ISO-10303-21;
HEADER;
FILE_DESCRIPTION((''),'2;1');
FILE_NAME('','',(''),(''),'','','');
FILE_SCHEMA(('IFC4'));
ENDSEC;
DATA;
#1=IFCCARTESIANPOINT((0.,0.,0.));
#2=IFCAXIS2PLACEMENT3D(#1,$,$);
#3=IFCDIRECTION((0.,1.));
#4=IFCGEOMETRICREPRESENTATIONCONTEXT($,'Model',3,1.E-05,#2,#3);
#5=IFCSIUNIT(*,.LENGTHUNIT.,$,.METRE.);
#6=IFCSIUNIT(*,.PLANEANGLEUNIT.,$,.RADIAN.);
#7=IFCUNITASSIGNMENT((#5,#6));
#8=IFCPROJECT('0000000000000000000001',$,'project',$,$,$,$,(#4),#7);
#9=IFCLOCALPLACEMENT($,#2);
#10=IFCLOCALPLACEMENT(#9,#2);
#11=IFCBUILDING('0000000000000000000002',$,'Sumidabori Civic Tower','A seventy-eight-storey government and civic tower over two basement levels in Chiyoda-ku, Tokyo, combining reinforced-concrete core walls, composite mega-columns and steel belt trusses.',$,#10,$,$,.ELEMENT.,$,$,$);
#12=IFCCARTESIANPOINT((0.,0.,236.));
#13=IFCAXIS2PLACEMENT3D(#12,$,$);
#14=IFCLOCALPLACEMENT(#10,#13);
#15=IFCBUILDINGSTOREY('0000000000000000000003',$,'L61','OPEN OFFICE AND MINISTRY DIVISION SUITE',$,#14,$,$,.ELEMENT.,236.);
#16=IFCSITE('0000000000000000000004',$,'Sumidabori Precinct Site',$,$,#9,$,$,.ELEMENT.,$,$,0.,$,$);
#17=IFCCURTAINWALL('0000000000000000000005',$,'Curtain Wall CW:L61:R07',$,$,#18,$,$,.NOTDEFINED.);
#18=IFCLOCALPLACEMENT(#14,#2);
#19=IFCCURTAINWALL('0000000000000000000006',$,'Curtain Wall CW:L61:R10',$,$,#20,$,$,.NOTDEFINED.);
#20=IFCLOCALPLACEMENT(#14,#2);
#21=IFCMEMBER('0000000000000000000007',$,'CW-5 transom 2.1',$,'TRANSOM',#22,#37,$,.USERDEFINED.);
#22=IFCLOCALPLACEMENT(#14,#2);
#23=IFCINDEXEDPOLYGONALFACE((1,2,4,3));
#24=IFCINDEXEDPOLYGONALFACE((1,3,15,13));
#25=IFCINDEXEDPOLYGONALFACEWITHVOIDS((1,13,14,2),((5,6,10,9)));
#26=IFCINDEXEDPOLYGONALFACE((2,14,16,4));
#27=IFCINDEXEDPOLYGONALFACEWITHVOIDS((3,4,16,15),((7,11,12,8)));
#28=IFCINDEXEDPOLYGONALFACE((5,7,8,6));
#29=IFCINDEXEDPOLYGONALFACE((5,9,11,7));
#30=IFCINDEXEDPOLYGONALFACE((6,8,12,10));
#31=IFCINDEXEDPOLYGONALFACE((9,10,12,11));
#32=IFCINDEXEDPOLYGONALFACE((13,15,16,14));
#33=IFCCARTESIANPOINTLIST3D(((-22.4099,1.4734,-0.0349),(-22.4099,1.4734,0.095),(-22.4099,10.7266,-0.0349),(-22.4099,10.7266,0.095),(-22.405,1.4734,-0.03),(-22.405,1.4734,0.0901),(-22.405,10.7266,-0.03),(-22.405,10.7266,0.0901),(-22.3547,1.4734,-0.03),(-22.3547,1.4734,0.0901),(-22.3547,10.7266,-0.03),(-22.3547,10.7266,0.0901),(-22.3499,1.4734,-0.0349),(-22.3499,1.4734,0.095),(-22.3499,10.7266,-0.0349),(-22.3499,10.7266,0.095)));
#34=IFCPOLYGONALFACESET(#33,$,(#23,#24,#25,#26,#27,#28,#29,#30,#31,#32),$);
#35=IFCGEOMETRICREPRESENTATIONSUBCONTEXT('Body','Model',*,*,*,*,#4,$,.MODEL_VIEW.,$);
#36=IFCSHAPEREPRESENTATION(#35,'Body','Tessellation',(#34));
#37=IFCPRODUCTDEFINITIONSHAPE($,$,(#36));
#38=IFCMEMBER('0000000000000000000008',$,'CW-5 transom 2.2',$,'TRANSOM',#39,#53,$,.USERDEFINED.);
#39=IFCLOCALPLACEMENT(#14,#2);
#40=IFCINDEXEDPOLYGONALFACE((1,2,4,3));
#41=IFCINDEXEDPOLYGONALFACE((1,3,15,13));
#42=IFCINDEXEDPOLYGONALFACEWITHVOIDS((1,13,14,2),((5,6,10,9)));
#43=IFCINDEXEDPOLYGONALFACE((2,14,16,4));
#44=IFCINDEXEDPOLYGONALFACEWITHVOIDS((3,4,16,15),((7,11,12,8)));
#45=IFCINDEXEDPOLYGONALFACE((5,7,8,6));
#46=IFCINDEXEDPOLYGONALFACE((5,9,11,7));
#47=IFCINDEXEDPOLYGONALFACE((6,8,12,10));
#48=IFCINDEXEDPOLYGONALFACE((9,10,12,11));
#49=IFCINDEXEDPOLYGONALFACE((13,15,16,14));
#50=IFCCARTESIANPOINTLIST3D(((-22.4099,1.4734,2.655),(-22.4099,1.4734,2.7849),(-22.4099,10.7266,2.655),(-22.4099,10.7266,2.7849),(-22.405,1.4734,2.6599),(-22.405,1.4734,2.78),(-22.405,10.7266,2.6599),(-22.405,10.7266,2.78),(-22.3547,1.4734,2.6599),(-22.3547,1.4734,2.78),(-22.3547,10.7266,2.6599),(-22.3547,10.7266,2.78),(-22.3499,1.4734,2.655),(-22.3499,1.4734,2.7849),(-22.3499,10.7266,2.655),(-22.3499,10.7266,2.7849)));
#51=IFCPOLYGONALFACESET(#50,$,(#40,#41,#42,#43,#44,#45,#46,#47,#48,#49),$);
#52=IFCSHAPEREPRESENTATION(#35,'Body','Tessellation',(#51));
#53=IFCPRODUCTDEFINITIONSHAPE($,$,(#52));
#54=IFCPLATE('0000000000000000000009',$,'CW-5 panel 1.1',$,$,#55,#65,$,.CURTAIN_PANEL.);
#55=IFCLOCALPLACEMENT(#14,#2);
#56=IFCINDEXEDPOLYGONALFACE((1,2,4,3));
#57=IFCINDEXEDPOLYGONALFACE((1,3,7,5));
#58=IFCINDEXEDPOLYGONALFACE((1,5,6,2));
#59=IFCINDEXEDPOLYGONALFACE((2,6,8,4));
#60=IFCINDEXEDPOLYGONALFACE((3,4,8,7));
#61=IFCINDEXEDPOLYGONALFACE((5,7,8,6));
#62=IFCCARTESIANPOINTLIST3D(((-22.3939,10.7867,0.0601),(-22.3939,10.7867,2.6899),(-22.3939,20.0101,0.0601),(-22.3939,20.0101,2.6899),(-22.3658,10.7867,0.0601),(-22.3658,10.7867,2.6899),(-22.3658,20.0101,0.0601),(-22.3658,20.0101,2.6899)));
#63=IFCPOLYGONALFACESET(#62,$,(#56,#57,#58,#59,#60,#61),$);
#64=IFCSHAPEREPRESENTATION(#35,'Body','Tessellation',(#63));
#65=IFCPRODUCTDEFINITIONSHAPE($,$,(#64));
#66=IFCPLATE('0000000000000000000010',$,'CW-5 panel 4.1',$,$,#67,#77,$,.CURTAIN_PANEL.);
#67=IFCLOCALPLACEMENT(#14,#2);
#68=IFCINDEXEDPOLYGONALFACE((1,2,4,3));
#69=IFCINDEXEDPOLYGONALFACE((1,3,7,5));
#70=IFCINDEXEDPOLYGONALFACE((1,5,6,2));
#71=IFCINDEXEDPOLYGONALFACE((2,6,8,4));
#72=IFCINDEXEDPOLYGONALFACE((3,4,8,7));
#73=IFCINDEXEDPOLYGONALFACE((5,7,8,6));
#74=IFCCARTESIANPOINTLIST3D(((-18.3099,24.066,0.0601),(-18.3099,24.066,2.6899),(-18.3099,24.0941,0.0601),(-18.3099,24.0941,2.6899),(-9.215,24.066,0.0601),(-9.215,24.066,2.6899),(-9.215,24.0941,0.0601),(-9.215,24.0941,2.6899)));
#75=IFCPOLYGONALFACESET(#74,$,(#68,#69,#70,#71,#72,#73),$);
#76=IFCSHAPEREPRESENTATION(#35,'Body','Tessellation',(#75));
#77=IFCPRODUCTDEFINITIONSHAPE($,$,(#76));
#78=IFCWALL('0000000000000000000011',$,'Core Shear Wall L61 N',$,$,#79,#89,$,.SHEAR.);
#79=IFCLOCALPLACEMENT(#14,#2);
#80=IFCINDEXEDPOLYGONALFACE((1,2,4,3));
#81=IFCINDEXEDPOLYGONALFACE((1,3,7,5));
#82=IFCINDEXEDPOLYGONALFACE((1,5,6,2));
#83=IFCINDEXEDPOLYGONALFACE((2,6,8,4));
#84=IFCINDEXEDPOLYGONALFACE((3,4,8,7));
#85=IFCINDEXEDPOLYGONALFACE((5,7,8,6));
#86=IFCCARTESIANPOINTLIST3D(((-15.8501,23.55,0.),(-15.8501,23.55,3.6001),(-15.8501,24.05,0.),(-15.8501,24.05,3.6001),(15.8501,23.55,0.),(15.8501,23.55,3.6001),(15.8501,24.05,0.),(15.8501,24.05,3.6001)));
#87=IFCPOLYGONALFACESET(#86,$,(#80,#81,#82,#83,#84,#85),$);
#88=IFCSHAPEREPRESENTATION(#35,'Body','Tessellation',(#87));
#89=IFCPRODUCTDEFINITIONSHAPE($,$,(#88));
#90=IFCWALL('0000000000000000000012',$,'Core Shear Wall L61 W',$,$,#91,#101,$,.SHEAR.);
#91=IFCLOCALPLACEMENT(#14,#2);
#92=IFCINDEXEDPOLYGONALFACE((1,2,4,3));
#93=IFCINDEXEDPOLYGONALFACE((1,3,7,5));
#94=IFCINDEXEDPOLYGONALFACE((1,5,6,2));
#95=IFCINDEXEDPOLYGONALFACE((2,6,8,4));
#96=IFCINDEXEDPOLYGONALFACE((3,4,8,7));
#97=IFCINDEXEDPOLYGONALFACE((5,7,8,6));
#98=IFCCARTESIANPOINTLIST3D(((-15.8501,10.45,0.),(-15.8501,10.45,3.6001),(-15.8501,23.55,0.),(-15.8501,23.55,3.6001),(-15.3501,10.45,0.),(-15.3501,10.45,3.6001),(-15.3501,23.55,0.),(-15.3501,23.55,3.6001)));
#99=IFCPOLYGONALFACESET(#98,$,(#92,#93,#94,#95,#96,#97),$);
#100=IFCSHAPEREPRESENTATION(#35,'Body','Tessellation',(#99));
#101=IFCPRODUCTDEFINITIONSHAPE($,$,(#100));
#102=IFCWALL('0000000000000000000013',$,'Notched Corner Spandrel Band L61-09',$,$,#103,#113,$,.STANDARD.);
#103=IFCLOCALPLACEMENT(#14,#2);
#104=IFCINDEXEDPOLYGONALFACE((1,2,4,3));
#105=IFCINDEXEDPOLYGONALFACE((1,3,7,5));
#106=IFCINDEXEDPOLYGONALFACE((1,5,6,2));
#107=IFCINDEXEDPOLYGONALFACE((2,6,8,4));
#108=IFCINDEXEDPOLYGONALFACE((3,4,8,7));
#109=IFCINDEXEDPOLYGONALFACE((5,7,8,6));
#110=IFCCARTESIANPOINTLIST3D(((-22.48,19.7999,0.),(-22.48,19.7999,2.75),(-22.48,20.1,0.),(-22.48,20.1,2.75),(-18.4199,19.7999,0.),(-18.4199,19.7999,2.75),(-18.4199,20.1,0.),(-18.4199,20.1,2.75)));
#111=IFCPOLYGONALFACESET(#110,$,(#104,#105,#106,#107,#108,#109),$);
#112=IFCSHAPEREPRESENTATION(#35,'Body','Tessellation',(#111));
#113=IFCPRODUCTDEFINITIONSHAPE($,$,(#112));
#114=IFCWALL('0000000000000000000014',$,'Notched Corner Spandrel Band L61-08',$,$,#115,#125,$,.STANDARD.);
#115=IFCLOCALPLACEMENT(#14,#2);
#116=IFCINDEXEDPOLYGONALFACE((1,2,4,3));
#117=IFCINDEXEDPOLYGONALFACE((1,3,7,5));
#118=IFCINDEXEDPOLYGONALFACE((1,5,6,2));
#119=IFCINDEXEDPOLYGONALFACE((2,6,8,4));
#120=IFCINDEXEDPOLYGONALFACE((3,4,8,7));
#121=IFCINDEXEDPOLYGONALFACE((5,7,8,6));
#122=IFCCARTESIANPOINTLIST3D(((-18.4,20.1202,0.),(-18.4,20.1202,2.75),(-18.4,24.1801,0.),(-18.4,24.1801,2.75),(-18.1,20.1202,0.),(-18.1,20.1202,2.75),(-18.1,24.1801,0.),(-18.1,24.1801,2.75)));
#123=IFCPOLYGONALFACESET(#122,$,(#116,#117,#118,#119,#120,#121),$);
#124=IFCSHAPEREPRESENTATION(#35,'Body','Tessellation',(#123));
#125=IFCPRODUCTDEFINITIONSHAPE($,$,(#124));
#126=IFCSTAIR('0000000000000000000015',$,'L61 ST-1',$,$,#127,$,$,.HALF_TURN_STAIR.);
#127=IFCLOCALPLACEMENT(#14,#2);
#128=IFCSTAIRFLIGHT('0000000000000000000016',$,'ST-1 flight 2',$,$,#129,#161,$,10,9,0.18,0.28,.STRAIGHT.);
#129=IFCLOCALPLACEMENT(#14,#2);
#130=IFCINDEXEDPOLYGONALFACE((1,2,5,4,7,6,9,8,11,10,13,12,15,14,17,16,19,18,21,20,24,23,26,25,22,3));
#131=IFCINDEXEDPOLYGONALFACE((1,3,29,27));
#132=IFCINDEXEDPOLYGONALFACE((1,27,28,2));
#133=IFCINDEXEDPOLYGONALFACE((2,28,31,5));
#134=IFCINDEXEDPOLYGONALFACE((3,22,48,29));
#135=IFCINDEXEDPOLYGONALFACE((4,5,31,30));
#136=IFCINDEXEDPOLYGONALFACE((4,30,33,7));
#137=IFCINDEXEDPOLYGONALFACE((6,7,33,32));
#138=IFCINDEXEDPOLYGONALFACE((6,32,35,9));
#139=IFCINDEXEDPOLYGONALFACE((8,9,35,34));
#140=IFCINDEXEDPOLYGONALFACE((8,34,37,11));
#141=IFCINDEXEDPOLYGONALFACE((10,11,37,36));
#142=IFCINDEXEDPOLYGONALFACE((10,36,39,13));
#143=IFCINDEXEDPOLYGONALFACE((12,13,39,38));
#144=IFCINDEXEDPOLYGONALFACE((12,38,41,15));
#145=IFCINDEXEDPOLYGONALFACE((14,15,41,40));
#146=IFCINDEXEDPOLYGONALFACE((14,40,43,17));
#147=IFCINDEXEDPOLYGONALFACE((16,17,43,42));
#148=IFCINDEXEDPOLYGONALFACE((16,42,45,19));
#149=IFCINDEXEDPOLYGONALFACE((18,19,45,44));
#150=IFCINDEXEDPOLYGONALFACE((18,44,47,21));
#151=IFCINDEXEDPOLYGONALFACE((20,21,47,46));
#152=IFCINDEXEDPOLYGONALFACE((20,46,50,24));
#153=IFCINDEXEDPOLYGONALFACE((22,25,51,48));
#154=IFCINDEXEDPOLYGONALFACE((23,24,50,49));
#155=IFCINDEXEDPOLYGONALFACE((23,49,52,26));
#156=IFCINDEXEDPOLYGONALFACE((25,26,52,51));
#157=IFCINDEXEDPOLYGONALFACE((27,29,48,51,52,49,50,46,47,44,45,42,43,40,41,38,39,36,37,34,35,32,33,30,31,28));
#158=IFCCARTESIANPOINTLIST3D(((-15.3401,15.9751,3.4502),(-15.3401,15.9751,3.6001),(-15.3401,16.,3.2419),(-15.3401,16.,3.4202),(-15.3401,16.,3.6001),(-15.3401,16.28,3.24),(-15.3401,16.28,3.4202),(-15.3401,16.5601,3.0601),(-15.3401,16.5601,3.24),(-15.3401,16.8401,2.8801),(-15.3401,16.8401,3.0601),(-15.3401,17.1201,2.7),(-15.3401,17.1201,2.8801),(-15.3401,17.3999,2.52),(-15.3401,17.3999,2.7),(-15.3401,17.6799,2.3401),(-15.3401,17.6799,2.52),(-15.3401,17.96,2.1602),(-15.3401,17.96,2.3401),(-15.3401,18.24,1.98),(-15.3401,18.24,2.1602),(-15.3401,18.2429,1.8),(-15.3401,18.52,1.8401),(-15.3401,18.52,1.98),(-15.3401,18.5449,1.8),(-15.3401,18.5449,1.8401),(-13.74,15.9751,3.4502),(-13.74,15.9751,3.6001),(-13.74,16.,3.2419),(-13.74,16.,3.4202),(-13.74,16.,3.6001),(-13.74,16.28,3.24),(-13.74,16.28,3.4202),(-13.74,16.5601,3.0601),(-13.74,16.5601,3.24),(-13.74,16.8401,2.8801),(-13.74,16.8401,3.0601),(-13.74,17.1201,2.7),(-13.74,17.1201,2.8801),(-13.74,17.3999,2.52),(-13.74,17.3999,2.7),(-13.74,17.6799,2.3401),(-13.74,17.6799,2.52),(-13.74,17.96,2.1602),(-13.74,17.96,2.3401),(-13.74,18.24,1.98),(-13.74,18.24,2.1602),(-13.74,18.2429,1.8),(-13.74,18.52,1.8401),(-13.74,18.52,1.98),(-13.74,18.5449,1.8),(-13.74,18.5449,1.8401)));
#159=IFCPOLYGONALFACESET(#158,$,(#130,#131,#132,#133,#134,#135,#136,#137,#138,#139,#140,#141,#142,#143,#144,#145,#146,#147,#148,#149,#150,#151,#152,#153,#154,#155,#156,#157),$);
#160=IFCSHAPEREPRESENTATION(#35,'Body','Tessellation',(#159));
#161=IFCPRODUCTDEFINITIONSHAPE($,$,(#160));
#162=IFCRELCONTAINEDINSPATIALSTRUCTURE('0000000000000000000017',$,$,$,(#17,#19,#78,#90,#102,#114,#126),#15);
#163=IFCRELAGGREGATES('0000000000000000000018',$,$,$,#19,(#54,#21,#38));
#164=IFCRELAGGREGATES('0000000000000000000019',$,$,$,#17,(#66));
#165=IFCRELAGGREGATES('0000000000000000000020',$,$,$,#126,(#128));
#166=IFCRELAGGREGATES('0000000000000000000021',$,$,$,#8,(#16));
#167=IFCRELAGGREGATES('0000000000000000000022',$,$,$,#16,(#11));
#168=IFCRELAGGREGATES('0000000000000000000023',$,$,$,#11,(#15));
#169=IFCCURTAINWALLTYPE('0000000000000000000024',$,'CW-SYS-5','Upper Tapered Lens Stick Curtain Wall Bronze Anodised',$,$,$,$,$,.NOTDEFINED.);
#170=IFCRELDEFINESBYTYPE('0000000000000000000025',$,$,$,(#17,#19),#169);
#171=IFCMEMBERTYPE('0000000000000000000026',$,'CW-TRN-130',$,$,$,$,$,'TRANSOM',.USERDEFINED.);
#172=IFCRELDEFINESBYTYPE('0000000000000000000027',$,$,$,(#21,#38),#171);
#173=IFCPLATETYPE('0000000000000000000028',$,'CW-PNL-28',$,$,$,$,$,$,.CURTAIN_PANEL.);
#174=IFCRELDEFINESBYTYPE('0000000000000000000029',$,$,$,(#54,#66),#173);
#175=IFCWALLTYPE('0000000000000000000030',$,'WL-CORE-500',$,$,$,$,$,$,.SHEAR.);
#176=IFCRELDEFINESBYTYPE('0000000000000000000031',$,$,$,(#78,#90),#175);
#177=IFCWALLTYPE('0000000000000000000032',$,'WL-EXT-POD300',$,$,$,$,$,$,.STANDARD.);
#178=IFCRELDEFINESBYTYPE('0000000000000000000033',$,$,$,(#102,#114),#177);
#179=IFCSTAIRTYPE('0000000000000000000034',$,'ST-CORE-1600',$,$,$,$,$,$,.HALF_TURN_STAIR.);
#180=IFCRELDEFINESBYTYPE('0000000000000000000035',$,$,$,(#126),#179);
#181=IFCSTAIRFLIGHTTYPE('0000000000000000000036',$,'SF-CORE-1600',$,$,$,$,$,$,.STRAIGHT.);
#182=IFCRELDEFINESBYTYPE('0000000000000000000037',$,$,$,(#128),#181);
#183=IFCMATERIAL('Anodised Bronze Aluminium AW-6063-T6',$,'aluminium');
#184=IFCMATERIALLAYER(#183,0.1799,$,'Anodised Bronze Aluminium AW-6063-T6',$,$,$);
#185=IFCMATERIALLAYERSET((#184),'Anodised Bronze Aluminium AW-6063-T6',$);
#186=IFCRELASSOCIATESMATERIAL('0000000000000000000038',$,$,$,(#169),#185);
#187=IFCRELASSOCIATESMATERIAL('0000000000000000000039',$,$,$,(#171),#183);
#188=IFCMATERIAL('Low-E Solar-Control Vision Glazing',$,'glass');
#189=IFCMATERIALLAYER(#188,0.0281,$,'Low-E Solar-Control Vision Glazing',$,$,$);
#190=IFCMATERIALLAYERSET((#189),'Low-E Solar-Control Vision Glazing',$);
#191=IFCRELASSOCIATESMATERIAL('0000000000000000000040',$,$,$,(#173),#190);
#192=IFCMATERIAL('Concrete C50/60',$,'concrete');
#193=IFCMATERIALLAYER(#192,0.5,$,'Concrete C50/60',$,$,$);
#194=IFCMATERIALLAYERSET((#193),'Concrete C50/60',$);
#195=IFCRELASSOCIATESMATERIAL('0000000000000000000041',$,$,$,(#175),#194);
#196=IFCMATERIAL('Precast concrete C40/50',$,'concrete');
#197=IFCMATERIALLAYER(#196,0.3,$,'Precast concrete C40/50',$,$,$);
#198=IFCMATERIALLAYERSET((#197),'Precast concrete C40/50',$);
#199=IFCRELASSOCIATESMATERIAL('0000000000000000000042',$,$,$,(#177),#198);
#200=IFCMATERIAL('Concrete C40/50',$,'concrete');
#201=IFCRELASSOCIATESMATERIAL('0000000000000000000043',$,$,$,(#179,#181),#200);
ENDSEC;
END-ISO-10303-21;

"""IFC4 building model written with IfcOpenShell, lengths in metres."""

from ifc_helpers import new_model, si_unit, direction, frame, frame_2d, origin, origin_2d, place, context, subcontext, project, spatial, polyline, rectangle, hollow_rectangle, outline, extrude, source, transform, mapped, material, layer, layer_set, material_profile, profile_set, type_object, element, aggregate, save


model = new_model("IFC4")

# Units and contexts
model_context = context("Model", 3, precision=1e-05, world=origin(), true_north=direction((0.0, 1.0)))
body_context = subcontext(model_context, "Body", "Model", "MODEL_VIEW")
ifc_project = project(units=[si_unit("LENGTHUNIT", "METRE"), si_unit("PLANEANGLEUNIT", "RADIAN")], contexts=[model_context])

# Site, building, storey
site_placement = place(None, origin())
site = spatial("IfcSite", under=ifc_project, at=site_placement, Name="Sumidabori Precinct Site", CompositionType="ELEMENT", RefElevation=0.0)
building_placement = place(site_placement, origin())
building = spatial("IfcBuilding", under=site, at=building_placement, Name="Sumidabori Civic Tower", Description="A seventy-eight-storey government and civic tower over two basement levels in Chiyoda-ku, Tokyo, combining reinforced-concrete core walls, composite mega-columns and steel belt trusses.", CompositionType="ELEMENT")
storey_placement = place(building_placement, frame((0.0, 0.0, 236.0)))
storey = spatial("IfcBuildingStorey", under=building, at=storey_placement, Name="L61", Description="OPEN OFFICE AND MINISTRY DIVISION SUITE", CompositionType="ELEMENT", Elevation=236.0)

# Curtain wall
ifc_material_1 = material(Name="Anodised Bronze Aluminium AW-6063-T6", Category="aluminium")
ifc_layer_1 = layer(ifc_material_1, 0.1799, Name="Anodised Bronze Aluminium AW-6063-T6")
ifc_layer_set_1 = layer_set([ifc_layer_1], Name="Anodised Bronze Aluminium AW-6063-T6")
curtain_wall_type = type_object("IfcCurtainWallType", Name="CW-SYS-5", Description="Upper Tapered Lens Stick Curtain Wall Bronze Anodised", PredefinedType="NOTDEFINED", material=ifc_layer_set_1)
curtain_wall_1_placement = place(storey_placement, origin())
curtain_wall_1 = element("IfcCurtainWall", 1, at=curtain_wall_1_placement, inside=storey, type_object=curtain_wall_type, Name="Curtain Wall CW:L61:R07", PredefinedType="NOTDEFINED")

# Curtain wall, members, plate
curtain_wall_2_placement = place(storey_placement, origin())
curtain_wall_2 = element("IfcCurtainWall", 2, at=curtain_wall_2_placement, inside=storey, type_object=curtain_wall_type, Name="Curtain Wall CW:L61:R10", PredefinedType="NOTDEFINED")
ifc_material_profile_1 = material_profile(ifc_material_1, hollow_rectangle(XDim=0.0601, YDim=0.1299, WallThickness=0.0049, at=origin_2d()), Name="ALU TRANSOM 130x60")
ifc_profile_set_1 = profile_set([ifc_material_profile_1], Name="Anodised Bronze Aluminium AW-6063-T6")
member_type_1 = type_object("IfcMemberType", Name="CW-TRN-130", ElementType="TRANSOM", PredefinedType="USERDEFINED", material=ifc_profile_set_1)
shared_shape_1 = source(origin(), body_context, "Body", "SweptSolid", [
    extrude(hollow_rectangle(XDim=0.0601, YDim=0.1299, WallThickness=0.0049, at=origin_2d()), origin(), (0.0, 0.0, 1.0), 9.2532),
])
member_1_placement = place(storey_placement, frame((-22.3799, 10.7266, 0.03), z_axis=(0.0, -1.0, 0.0), x_axis=(1.0, 0.0, 0.0)))
member_1 = element("IfcMember", 3, at=member_1_placement, type_object=member_type_1, Name="CW-5 transom 2.1", ObjectType="TRANSOM", PredefinedType="USERDEFINED", context=body_context, shape_type="MappedRepresentation", body=[
    mapped(shared_shape_1, transform((0.0, 0.0, 0.0), x_axis=(1.0, 0.0, 0.0), y_axis=(0.0, 1.0, 0.0), z_axis=(0.0, 0.0, 1.0), scale=1.0)),
])
member_2_placement = place(storey_placement, frame((-22.3799, 10.7266, 2.72), z_axis=(0.0, -1.0, 0.0), x_axis=(1.0, 0.0, 0.0)))
member_2 = element("IfcMember", 4, at=member_2_placement, type_object=member_type_1, Name="CW-5 transom 2.2", ObjectType="TRANSOM", PredefinedType="USERDEFINED", context=body_context, shape_type="MappedRepresentation", body=[
    mapped(shared_shape_1, transform((0.0, 0.0, 0.0), x_axis=(1.0, 0.0, 0.0), y_axis=(0.0, 1.0, 0.0), z_axis=(0.0, 0.0, 1.0), scale=1.0)),
])
ifc_material_2 = material(Name="Low-E Solar-Control Vision Glazing", Category="glass")
ifc_layer_2 = layer(ifc_material_2, 0.0281, Name="Low-E Solar-Control Vision Glazing")
ifc_layer_set_2 = layer_set([ifc_layer_2], Name="Low-E Solar-Control Vision Glazing")
plate_type = type_object("IfcPlateType", Name="CW-PNL-28", PredefinedType="CURTAIN_PANEL", material=ifc_layer_set_2)
shared_shape_2 = source(origin(), body_context, "Body", "SweptSolid", [
    extrude(rectangle(XDim=9.2234, YDim=0.0281, at=origin_2d()), origin(), (0.0, 0.0, 1.0), 2.6299),
])
plate_1_placement = place(storey_placement, frame((-22.3799, 15.3984, 0.0601), z_axis=(0.0, 0.0, 1.0), x_axis=(0.0, -1.0, 0.0)))
plate_1 = element("IfcPlate", 5, at=plate_1_placement, type_object=plate_type, Name="CW-5 panel 1.1", PredefinedType="CURTAIN_PANEL", context=body_context, shape_type="MappedRepresentation", body=[
    mapped(shared_shape_2, transform((0.0, 0.0, 0.0), x_axis=(1.0, 0.0, 0.0), y_axis=(0.0, 1.0, 0.0), z_axis=(0.0, 0.0, 1.0), scale=1.0)),
])
aggregate(curtain_wall_2, [plate_1, member_1, member_2])

# Plate
shared_shape_3 = source(origin(), body_context, "Body", "SweptSolid", [
    extrude(rectangle(XDim=9.095, YDim=0.0281, at=origin_2d()), origin(), (0.0, 0.0, 1.0), 2.6299),
])
plate_2_placement = place(storey_placement, frame((-13.7625, 24.0801, 0.0601), z_axis=(0.0, 0.0, 1.0), x_axis=(-1.0, 0.0, 0.0)))
plate_2 = element("IfcPlate", 6, at=plate_2_placement, type_object=plate_type, Name="CW-5 panel 4.1", PredefinedType="CURTAIN_PANEL", context=body_context, shape_type="MappedRepresentation", body=[
    mapped(shared_shape_3, transform((0.0, 0.0, 0.0), x_axis=(1.0, 0.0, 0.0), y_axis=(0.0, 1.0, 0.0), z_axis=(0.0, 0.0, 1.0), scale=1.0)),
])
aggregate(curtain_wall_1, [plate_2])

# Walls
ifc_material_3 = material(Name="Concrete C50/60", Category="concrete")
ifc_layer_3 = layer(ifc_material_3, 0.5, Name="Concrete C50/60")
ifc_layer_set_3 = layer_set([ifc_layer_3], Name="Concrete C50/60")
wall_type_1 = type_object("IfcWallType", Name="WL-CORE-500", PredefinedType="SHEAR", material=ifc_layer_set_3)
shared_shape_4 = source(origin(), body_context, "Body", "SweptSolid", [
    extrude(rectangle(XDim=31.7002, YDim=0.5, at=frame_2d((15.8501, 0.0))), origin(), (0.0, 0.0, 1.0), 3.6001),
])
wall_1_placement = place(storey_placement, frame((-15.8501, 23.8, 0.0), z_axis=(0.0, 0.0, 1.0), x_axis=(1.0, 0.0, 0.0)))
element("IfcWall", 7, at=wall_1_placement, inside=storey, type_object=wall_type_1, Name="Core Shear Wall L61 N", PredefinedType="SHEAR", context=body_context, shape_type="MappedRepresentation", body=[
    mapped(shared_shape_4, transform((0.0, 0.0, 0.0), x_axis=(1.0, 0.0, 0.0), y_axis=(0.0, 1.0, 0.0), z_axis=(0.0, 0.0, 1.0), scale=1.0)),
])
shared_shape_5 = source(origin(), body_context, "Body", "SweptSolid", [
    extrude(rectangle(XDim=13.1001, YDim=0.5, at=frame_2d((6.55, 0.0))), origin(), (0.0, 0.0, 1.0), 3.6001),
])
wall_2_placement = place(storey_placement, frame((-15.6001, 10.45, 0.0), z_axis=(0.0, 0.0, 1.0), x_axis=(0.0, 1.0, 0.0)))
element("IfcWall", 8, at=wall_2_placement, inside=storey, type_object=wall_type_1, Name="Core Shear Wall L61 W", PredefinedType="SHEAR", context=body_context, shape_type="MappedRepresentation", body=[
    mapped(shared_shape_5, transform((0.0, 0.0, 0.0), x_axis=(1.0, 0.0, 0.0), y_axis=(0.0, 1.0, 0.0), z_axis=(0.0, 0.0, 1.0), scale=1.0)),
])

# Walls
ifc_material_4 = material(Name="Precast concrete C40/50", Category="concrete")
ifc_layer_4 = layer(ifc_material_4, 0.3, Name="Precast concrete C40/50")
ifc_layer_set_4 = layer_set([ifc_layer_4], Name="Precast concrete C40/50")
wall_type_2 = type_object("IfcWallType", Name="WL-EXT-POD300", PredefinedType="STANDARD", material=ifc_layer_set_4)
shared_shape_6 = source(origin(), body_context, "Body", "SweptSolid", [
    extrude(rectangle(XDim=4.0601, YDim=0.3, at=frame_2d((2.03, 0.0))), origin(), (0.0, 0.0, 1.0), 2.75),
])
wall_3_placement = place(storey_placement, frame((-18.4199, 19.95, 0.0), z_axis=(0.0, 0.0, 1.0), x_axis=(-1.0, 0.0, 0.0)))
element("IfcWall", 9, at=wall_3_placement, inside=storey, type_object=wall_type_2, Name="Notched Corner Spandrel Band L61-09", PredefinedType="STANDARD", context=body_context, shape_type="MappedRepresentation", body=[
    mapped(shared_shape_6, transform((0.0, 0.0, 0.0), x_axis=(1.0, 0.0, 0.0), y_axis=(0.0, 1.0, 0.0), z_axis=(0.0, 0.0, 1.0), scale=1.0)),
])
shared_shape_7 = source(origin(), body_context, "Body", "SweptSolid", [
    extrude(rectangle(XDim=4.0598, YDim=0.3, at=frame_2d((2.0298, 0.0))), origin(), (0.0, 0.0, 1.0), 2.75),
])
wall_4_placement = place(storey_placement, frame((-18.25, 24.1799, 0.0), z_axis=(0.0, 0.0, 1.0), x_axis=(0.0, -1.0, 0.0)))
element("IfcWall", 10, at=wall_4_placement, inside=storey, type_object=wall_type_2, Name="Notched Corner Spandrel Band L61-08", PredefinedType="STANDARD", context=body_context, shape_type="MappedRepresentation", body=[
    mapped(shared_shape_7, transform((0.0, 0.0, 0.0), x_axis=(1.0, 0.0, 0.0), y_axis=(0.0, 1.0, 0.0), z_axis=(0.0, 0.0, 1.0), scale=1.0)),
])

# Stair, stair flight
ifc_material_5 = material(Name="Concrete C40/50", Category="concrete")
stair_type = type_object("IfcStairType", Name="ST-CORE-1600", PredefinedType="HALF_TURN_STAIR", material=ifc_material_5)
stair_placement = place(storey_placement, origin())
stair = element("IfcStair", 11, at=stair_placement, inside=storey, type_object=stair_type, Name="L61 ST-1", PredefinedType="HALF_TURN_STAIR")
stair_flight_type = type_object("IfcStairFlightType", Name="SF-CORE-1600", PredefinedType="STRAIGHT", material=ifc_material_5)
shared_shape_8 = source(origin(), body_context, "Body", "SweptSolid", [
    extrude(outline(polyline([(-0.0249, 0.0), (-0.0249, 0.04), (0.0, 0.04), (0.0, 0.1799), (0.28, 0.1799), (0.28, 0.3601), (0.5601, 0.3601), (0.5601, 0.54), (0.8401, 0.54), (0.8401, 0.72), (1.1201, 0.72), (1.1201, 0.8999), (1.3999, 0.8999), (1.3999, 1.0801), (1.6799, 1.0801), (1.6799, 1.26), (1.96, 1.26), (1.96, 1.4399), (2.24, 1.4399), (2.24, 1.6201), (2.52, 1.6201), (2.52, 1.8), (2.5449, 1.8), (2.5449, 1.6501), (2.52, 1.4419), (0.2771, 0.0), (-0.0249, 0.0)])), frame((0.0, 0.8, 0.0), z_axis=(0.0, -1.0, 0.0), x_axis=(1.0, 0.0, 0.0)), (0.0, 0.0, 1.0), 1.6001),
])
stair_flight_placement = place(storey_placement, frame((-14.54, 18.52, 1.8), z_axis=(0.0, 0.0, 1.0), x_axis=(0.0, -1.0, 0.0)))
stair_flight = element("IfcStairFlight", 12, at=stair_flight_placement, type_object=stair_flight_type, Name="ST-1 flight 2", NumberOfRisers=10, NumberOfTreads=9, PredefinedType="STRAIGHT", RiserHeight=0.18, TreadLength=0.28, context=body_context, shape_type="MappedRepresentation", body=[
    mapped(shared_shape_8, transform((0.0, 0.0, 0.0), x_axis=(1.0, 0.0, 0.0), y_axis=(0.0, 1.0, 0.0), z_axis=(0.0, 0.0, 1.0), scale=1.0)),
])
aggregate(stair, [stair_flight])

save(model, "model.ifc")
